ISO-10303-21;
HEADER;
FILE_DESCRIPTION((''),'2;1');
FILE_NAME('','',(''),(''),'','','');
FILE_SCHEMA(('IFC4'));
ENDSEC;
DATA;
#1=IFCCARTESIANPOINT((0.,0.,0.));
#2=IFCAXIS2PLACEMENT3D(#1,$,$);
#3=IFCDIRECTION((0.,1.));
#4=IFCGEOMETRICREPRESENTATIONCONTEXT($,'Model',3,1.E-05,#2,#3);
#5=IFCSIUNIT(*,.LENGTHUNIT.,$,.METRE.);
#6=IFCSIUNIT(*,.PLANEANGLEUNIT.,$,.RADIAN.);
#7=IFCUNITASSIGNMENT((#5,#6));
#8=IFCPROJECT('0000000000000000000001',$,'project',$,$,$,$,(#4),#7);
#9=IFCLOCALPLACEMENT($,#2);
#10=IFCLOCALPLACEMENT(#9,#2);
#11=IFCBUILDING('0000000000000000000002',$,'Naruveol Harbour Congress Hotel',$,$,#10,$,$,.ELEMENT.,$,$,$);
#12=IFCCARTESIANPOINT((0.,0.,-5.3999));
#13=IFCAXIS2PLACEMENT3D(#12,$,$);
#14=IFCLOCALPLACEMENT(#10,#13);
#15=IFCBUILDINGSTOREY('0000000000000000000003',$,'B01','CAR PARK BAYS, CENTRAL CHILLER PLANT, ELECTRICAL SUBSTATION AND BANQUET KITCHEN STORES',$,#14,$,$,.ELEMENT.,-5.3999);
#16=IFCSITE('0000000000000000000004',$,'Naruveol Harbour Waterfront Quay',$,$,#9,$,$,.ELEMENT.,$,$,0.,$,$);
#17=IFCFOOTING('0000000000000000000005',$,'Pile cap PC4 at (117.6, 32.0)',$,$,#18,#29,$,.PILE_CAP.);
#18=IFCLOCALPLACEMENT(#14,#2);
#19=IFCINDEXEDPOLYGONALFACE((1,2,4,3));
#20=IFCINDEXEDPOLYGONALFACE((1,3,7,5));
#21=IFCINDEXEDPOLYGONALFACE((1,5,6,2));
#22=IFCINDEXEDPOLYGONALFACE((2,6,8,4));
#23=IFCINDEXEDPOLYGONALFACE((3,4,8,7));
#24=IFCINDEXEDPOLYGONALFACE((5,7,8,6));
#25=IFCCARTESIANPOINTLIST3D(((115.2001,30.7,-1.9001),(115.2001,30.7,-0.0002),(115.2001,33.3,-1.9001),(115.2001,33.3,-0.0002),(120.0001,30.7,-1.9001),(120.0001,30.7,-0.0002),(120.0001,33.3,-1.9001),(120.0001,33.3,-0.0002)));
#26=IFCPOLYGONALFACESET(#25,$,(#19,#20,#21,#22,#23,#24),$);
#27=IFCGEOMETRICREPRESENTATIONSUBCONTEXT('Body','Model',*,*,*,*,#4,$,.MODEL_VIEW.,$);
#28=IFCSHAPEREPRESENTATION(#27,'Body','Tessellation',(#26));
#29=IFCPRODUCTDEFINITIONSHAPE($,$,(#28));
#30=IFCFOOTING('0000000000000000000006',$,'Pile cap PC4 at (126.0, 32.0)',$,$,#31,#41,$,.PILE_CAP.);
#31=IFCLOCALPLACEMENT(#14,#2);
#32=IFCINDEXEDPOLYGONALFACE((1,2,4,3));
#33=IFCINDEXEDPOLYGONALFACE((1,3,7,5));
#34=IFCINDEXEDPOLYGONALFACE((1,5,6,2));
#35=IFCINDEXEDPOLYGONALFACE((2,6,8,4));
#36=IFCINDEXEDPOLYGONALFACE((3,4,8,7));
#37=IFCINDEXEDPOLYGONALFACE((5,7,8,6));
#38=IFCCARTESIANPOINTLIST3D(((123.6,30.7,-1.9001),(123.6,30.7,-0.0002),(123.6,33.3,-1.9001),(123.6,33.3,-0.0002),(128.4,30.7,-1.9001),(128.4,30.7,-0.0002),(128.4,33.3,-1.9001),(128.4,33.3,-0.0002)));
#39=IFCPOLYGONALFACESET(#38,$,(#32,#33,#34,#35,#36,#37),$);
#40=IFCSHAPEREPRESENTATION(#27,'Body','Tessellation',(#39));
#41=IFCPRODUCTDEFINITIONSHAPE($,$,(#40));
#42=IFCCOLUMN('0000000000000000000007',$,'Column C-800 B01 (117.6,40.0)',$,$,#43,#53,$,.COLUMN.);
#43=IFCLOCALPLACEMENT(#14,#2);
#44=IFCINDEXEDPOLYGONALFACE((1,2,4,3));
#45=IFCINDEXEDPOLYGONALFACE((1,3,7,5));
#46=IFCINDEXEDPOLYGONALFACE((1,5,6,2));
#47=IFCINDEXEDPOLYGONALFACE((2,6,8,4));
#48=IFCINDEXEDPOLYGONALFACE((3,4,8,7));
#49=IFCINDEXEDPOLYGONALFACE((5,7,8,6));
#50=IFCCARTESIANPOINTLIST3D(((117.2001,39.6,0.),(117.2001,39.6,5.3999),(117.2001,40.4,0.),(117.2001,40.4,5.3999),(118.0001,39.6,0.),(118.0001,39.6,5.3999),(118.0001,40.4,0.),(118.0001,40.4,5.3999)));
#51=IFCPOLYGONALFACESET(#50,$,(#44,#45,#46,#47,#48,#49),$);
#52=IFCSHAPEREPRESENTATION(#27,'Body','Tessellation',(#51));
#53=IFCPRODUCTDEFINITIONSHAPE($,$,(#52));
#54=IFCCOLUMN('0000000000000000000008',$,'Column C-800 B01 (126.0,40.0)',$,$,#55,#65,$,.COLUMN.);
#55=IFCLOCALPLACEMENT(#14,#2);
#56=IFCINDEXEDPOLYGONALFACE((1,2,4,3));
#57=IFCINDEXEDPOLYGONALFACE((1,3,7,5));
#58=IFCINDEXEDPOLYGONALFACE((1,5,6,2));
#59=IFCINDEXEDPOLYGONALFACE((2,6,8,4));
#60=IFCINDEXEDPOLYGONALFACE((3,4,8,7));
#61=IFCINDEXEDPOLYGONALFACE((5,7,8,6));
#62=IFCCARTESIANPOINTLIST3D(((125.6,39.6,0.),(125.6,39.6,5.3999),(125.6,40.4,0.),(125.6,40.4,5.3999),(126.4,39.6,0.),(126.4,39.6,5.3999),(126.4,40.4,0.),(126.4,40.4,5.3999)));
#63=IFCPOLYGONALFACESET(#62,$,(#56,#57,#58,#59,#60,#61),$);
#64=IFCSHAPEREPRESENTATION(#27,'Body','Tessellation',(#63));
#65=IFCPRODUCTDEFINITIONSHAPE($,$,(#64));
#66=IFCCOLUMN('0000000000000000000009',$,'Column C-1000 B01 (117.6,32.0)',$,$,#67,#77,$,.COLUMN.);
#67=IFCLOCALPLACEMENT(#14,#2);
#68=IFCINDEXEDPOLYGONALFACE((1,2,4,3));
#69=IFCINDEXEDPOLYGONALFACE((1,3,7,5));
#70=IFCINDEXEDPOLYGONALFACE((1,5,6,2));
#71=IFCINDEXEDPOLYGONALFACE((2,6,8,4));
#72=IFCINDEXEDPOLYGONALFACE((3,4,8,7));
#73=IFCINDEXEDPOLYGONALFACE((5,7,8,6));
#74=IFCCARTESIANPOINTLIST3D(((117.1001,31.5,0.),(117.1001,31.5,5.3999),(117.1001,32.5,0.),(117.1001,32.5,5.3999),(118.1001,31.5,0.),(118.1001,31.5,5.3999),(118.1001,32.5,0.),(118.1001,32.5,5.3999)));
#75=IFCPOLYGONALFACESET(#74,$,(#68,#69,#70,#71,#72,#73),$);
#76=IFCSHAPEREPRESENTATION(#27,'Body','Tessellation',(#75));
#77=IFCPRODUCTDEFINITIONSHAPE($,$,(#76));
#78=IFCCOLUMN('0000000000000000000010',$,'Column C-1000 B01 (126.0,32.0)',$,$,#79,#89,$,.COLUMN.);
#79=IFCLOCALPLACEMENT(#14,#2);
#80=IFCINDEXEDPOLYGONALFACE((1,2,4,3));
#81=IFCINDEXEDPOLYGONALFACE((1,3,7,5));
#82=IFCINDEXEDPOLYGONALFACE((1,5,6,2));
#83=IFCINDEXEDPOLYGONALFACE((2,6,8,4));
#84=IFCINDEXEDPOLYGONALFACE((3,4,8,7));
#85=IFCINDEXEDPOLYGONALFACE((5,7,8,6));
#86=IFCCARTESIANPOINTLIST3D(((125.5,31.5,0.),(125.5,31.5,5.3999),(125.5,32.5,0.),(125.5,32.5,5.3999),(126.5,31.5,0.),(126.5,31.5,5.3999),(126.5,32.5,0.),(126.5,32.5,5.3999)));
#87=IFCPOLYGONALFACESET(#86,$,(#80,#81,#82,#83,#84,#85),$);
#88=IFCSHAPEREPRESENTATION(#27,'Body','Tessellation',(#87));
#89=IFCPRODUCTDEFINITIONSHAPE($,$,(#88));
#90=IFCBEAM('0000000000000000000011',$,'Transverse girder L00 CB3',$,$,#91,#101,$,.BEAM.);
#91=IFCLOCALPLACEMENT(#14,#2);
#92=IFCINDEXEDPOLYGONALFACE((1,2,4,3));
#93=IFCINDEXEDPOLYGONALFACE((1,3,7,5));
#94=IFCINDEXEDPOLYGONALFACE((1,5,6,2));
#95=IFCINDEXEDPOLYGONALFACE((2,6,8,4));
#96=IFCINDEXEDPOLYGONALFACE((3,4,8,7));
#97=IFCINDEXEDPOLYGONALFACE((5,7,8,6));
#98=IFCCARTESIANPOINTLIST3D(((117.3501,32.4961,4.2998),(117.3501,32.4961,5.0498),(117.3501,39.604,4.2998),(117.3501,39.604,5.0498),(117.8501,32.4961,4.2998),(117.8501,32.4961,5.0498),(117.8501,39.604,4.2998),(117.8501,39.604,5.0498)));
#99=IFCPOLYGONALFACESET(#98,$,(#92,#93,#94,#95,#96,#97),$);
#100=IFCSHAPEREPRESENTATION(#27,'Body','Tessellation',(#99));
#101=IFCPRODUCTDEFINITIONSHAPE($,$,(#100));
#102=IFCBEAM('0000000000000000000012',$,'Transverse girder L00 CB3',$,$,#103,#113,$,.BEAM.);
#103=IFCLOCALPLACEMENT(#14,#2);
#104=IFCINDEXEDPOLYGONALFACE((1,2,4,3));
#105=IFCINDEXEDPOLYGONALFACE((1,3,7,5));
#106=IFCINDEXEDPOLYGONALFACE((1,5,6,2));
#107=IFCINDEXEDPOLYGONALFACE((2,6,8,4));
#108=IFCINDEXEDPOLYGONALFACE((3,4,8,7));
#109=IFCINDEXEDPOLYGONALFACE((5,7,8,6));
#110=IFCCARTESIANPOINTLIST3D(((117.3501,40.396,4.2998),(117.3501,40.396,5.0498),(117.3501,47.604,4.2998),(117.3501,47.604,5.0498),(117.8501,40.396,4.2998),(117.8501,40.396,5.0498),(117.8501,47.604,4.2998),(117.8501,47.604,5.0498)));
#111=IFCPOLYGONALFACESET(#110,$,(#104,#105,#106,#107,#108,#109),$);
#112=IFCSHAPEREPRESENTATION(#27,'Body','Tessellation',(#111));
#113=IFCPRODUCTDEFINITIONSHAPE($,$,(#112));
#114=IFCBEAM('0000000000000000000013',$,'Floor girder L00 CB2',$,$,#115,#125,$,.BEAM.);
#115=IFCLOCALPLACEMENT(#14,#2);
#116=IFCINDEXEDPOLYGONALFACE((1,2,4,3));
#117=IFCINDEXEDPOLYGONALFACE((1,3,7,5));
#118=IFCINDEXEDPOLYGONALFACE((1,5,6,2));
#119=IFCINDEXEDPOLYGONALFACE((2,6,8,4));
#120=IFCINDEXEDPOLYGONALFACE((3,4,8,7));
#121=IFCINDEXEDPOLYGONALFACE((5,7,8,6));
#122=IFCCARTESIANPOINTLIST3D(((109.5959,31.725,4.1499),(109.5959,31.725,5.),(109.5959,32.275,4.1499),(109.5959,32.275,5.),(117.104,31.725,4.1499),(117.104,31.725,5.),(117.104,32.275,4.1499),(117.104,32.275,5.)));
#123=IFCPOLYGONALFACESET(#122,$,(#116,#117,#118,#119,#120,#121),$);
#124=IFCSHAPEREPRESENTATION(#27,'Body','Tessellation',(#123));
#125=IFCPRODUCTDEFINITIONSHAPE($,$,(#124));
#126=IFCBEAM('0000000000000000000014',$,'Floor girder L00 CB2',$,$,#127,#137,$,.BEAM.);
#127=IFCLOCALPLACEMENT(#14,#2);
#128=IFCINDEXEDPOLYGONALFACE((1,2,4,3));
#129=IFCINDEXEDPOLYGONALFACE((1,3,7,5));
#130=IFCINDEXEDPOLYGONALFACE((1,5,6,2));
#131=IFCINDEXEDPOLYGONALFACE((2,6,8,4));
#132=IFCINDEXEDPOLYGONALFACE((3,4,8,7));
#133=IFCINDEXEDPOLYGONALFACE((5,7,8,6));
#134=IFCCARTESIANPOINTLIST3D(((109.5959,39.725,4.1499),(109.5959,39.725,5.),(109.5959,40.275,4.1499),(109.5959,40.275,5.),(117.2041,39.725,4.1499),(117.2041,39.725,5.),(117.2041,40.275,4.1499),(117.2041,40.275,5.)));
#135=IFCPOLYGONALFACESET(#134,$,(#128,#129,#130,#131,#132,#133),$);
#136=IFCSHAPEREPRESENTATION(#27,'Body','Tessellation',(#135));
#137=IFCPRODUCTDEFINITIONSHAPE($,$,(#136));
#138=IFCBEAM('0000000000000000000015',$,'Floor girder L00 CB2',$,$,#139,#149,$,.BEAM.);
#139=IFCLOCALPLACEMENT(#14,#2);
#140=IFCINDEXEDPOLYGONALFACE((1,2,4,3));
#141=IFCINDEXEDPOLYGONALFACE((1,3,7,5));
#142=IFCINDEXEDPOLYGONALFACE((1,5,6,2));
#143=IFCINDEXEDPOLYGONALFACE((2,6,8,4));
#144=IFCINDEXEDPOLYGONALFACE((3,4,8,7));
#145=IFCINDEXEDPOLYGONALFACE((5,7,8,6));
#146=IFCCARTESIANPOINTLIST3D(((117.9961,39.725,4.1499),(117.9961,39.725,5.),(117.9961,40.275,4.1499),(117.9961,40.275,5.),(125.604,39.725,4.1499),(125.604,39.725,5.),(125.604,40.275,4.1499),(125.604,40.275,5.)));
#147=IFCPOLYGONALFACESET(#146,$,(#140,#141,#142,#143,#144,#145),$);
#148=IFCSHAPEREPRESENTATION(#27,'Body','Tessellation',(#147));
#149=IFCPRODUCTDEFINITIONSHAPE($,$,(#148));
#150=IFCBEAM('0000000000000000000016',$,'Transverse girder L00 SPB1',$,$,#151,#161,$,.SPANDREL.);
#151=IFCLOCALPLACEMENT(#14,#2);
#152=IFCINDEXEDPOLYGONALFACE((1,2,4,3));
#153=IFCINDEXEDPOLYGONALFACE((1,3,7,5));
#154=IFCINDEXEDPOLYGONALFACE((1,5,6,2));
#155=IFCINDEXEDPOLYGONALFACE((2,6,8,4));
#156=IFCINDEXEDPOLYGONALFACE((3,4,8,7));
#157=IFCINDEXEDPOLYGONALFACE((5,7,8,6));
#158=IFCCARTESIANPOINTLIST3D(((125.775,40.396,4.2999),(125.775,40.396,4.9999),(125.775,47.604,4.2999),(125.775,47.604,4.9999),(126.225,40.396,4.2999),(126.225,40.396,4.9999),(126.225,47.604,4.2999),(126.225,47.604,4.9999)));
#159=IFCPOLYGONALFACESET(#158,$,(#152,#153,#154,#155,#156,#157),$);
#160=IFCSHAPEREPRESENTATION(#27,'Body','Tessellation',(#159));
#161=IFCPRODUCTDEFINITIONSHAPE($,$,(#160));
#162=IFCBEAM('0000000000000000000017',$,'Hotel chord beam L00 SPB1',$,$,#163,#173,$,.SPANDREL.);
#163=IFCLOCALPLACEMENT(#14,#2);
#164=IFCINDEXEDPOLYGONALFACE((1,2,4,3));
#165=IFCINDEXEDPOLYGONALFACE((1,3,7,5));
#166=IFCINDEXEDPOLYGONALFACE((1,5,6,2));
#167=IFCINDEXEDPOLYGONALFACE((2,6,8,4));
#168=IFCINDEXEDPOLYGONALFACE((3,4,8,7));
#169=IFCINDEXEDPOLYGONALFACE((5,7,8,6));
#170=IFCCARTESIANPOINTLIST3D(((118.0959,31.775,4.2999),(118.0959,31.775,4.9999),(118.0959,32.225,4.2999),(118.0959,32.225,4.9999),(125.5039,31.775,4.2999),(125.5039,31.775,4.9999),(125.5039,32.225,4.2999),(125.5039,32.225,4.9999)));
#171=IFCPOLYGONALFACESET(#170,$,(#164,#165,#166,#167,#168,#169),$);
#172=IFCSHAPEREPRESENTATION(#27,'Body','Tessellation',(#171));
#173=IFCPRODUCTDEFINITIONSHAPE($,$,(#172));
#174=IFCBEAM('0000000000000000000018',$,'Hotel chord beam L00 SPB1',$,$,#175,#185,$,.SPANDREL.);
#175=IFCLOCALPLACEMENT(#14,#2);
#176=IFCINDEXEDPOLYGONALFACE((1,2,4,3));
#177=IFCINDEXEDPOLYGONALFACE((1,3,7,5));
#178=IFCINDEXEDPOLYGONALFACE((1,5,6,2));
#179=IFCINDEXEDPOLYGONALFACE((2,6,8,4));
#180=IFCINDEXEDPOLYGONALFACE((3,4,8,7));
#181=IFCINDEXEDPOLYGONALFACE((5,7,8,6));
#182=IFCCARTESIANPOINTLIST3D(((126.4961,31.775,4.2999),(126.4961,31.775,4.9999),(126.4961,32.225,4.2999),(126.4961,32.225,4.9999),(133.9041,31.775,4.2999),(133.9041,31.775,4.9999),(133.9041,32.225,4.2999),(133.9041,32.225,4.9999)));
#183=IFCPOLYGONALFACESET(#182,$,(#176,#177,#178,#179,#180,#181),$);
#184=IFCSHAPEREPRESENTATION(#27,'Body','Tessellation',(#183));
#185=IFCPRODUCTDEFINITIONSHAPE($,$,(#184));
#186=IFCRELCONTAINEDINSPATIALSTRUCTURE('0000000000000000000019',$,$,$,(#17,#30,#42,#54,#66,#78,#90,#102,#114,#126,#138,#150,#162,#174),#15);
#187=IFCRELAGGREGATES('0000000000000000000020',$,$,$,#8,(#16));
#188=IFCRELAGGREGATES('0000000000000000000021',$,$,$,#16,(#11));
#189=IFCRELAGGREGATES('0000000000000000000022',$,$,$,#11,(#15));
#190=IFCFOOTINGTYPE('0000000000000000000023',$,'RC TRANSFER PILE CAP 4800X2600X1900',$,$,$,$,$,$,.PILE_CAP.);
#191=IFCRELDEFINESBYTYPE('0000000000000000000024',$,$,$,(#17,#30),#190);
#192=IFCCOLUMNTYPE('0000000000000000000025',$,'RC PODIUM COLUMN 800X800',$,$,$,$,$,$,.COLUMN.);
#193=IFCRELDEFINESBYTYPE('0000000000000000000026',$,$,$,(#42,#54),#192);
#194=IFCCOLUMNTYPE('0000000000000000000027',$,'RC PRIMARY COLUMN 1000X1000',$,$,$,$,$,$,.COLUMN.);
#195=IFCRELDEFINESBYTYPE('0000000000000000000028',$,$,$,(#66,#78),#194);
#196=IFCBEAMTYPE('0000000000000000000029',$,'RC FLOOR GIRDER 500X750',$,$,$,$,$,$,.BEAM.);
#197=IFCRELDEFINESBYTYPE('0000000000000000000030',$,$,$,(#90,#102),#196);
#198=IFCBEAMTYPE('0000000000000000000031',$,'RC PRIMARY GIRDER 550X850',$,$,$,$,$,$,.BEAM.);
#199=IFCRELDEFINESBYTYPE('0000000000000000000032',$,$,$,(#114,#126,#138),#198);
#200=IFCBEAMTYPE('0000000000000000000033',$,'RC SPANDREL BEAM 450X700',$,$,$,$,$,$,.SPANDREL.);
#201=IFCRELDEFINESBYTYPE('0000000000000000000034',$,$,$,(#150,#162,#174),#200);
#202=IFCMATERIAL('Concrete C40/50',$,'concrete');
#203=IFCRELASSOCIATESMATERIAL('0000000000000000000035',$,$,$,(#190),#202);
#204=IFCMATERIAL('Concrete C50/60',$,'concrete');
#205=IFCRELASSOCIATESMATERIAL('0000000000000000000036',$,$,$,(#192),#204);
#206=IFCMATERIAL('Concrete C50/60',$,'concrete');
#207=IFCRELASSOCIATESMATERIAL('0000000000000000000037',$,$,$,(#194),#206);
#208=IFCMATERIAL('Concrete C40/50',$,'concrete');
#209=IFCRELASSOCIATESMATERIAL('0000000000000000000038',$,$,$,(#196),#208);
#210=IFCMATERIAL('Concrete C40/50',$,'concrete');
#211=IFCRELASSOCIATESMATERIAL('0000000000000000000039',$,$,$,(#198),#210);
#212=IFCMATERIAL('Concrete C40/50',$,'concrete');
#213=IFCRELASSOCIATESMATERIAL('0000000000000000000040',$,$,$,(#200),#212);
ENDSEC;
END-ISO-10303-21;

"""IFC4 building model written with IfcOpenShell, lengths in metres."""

from ifc_helpers import new_model, si_unit, direction, frame, origin, origin_2d, place, context, subcontext, project, spatial, rectangle, extrude, material, material_profile, profile_set, type_object, element, save


model = new_model("IFC4")

# Units and contexts
model_context = context("Model", 3, precision=1e-05, world=origin(), true_north=direction((0.0, 1.0)))
body_context = subcontext(model_context, "Body", "Model", "MODEL_VIEW")
ifc_project = project(units=[si_unit("LENGTHUNIT", "METRE"), si_unit("PLANEANGLEUNIT", "RADIAN")], contexts=[model_context])

# Site, building, storey
site_placement = place(None, origin())
site = spatial("IfcSite", under=ifc_project, at=site_placement, Name="Naruveol Harbour Waterfront Quay", CompositionType="ELEMENT", RefElevation=0.0)
building_placement = place(site_placement, origin())
building = spatial("IfcBuilding", under=site, at=building_placement, Name="Naruveol Harbour Congress Hotel", CompositionType="ELEMENT")
storey_placement = place(building_placement, frame((0.0, 0.0, -5.3999)))
storey = spatial("IfcBuildingStorey", under=building, at=storey_placement, Name="B01", Description="CAR PARK BAYS, CENTRAL CHILLER PLANT, ELECTRICAL SUBSTATION AND BANQUET KITCHEN STORES", CompositionType="ELEMENT", Elevation=-5.3999)

# Footings
ifc_material_1 = material(Name="Concrete C40/50", Category="concrete")
footing_type_1 = type_object("IfcFootingType", Name="RC TRANSFER PILE CAP 4800X2600X1900", PredefinedType="PILE_CAP", material=ifc_material_1)
for number, where, z_axis, x_axis, name in (
    (1, (117.6001, 32.0, -1.9001), (0.0, 0.0, 1.0), (1.0, 0.0, 0.0), "Pile cap PC4 at (117.6, 32.0)"),
    (2, (126.0, 32.0, -1.9001), (0.0, 0.0, 1.0), (1.0, 0.0, 0.0), "Pile cap PC4 at (126.0, 32.0)"),
):
    element("IfcFooting", number, at=place(storey_placement, frame(where, z_axis=z_axis, x_axis=x_axis)), inside=storey, type_object=footing_type_1, Name=name, PredefinedType="PILE_CAP", context=body_context, shape_type="SweptSolid", body=[
        extrude(rectangle(XDim=4.8, YDim=2.6001, at=origin_2d()), origin(), (0.0, 0.0, 1.0), 1.8999),
    ])

# Columns
ifc_material_2 = material(Name="Concrete C50/60", Category="concrete")
ifc_material_profile_1 = material_profile(ifc_material_2, rectangle(XDim=0.8, YDim=0.8, at=origin_2d()), Name="RC-800x800")
ifc_profile_set_1 = profile_set([ifc_material_profile_1], Name="Concrete C50/60")
column_type_1 = type_object("IfcColumnType", Name="RC PODIUM COLUMN 800X800", PredefinedType="COLUMN", material=ifc_profile_set_1)
for number, where, z_axis, x_axis, name in (
    (3, (117.6001, 40.0, 0.0), (0.0, 0.0, 1.0), (1.0, 0.0, 0.0), "Column C-800 B01 (117.6,40.0)"),
    (4, (126.0, 40.0, 0.0), (0.0, 0.0, 1.0), (1.0, 0.0, 0.0), "Column C-800 B01 (126.0,40.0)"),
):
    element("IfcColumn", number, at=place(storey_placement, frame(where, z_axis=z_axis, x_axis=x_axis)), inside=storey, type_object=column_type_1, Name=name, PredefinedType="COLUMN", context=body_context, shape_type="SweptSolid", body=[
        extrude(rectangle(XDim=0.8, YDim=0.8, at=origin_2d()), origin(), (0.0, 0.0, 1.0), 5.3999),
    ])
ifc_material_3 = material(Name="Concrete C50/60", Category="concrete")
ifc_material_profile_2 = material_profile(ifc_material_3, rectangle(XDim=1.0, YDim=1.0, at=origin_2d()), Name="RC-1000x1000")
ifc_profile_set_2 = profile_set([ifc_material_profile_2], Name="Concrete C50/60")
column_type_2 = type_object("IfcColumnType", Name="RC PRIMARY COLUMN 1000X1000", PredefinedType="COLUMN", material=ifc_profile_set_2)
for number, where, z_axis, x_axis, name in (
    (5, (117.6001, 32.0, 0.0), (0.0, 0.0, 1.0), (1.0, 0.0, 0.0), "Column C-1000 B01 (117.6,32.0)"),
    (6, (126.0, 32.0, 0.0), (0.0, 0.0, 1.0), (1.0, 0.0, 0.0), "Column C-1000 B01 (126.0,32.0)"),
):
    element("IfcColumn", number, at=place(storey_placement, frame(where, z_axis=z_axis, x_axis=x_axis)), inside=storey, type_object=column_type_2, Name=name, PredefinedType="COLUMN", context=body_context, shape_type="SweptSolid", body=[
        extrude(rectangle(XDim=1.0, YDim=1.0, at=origin_2d()), origin(), (0.0, 0.0, 1.0), 5.3999),
    ])

# Beams
ifc_material_4 = material(Name="Concrete C40/50", Category="concrete")
ifc_material_profile_3 = material_profile(ifc_material_4, rectangle(XDim=0.5, YDim=0.75, at=origin_2d()), Name="RCB-500x750")
ifc_profile_set_3 = profile_set([ifc_material_profile_3], Name="Concrete C40/50")
beam_type_1 = type_object("IfcBeamType", Name="RC FLOOR GIRDER 500X750", PredefinedType="BEAM", material=ifc_profile_set_3)
beam_1_placement = place(storey_placement, frame((117.6001, 32.4961, 4.6748), z_axis=(0.0, 1.0, 0.0), x_axis=(-1.0, 0.0, 0.0)))
element("IfcBeam", 7, at=beam_1_placement, inside=storey, type_object=beam_type_1, Name="Transverse girder L00 CB3", PredefinedType="BEAM", context=body_context, shape_type="SweptSolid", body=[
    extrude(rectangle(XDim=0.5, YDim=0.75, at=origin_2d()), origin(), (0.0, 0.0, 1.0), 7.1079),
])
beam_2_placement = place(storey_placement, frame((117.6001, 40.396, 4.6748), z_axis=(0.0, 1.0, 0.0), x_axis=(-1.0, 0.0, 0.0)))
element("IfcBeam", 8, at=beam_2_placement, inside=storey, type_object=beam_type_1, Name="Transverse girder L00 CB3", PredefinedType="BEAM", context=body_context, shape_type="SweptSolid", body=[
    extrude(rectangle(XDim=0.5, YDim=0.75, at=origin_2d()), origin(), (0.0, 0.0, 1.0), 7.208),
])
ifc_material_5 = material(Name="Concrete C40/50", Category="concrete")
ifc_material_profile_4 = material_profile(ifc_material_5, rectangle(XDim=0.55, YDim=0.8501, at=origin_2d()), Name="RCB-550x850")
ifc_profile_set_4 = profile_set([ifc_material_profile_4], Name="Concrete C40/50")
beam_type_2 = type_object("IfcBeamType", Name="RC PRIMARY GIRDER 550X850", PredefinedType="BEAM", material=ifc_profile_set_4)
beam_3_placement = place(storey_placement, frame((109.5959, 32.0, 4.575), z_axis=(1.0, 0.0, 0.0), x_axis=(0.0, 1.0, 0.0)))
element("IfcBeam", 9, at=beam_3_placement, inside=storey, type_object=beam_type_2, Name="Floor girder L00 CB2", PredefinedType="BEAM", context=body_context, shape_type="SweptSolid", body=[
    extrude(rectangle(XDim=0.55, YDim=0.8501, at=origin_2d()), origin(), (0.0, 0.0, 1.0), 7.5081),
])
beam_4_placement = place(storey_placement, frame((109.5959, 40.0, 4.575), z_axis=(1.0, 0.0, 0.0), x_axis=(0.0, 1.0, 0.0)))
element("IfcBeam", 10, at=beam_4_placement, inside=storey, type_object=beam_type_2, Name="Floor girder L00 CB2", PredefinedType="BEAM", context=body_context, shape_type="SweptSolid", body=[
    extrude(rectangle(XDim=0.55, YDim=0.8501, at=origin_2d()), origin(), (0.0, 0.0, 1.0), 7.6082),
])
beam_5_placement = place(storey_placement, frame((117.9961, 40.0, 4.575), z_axis=(1.0, 0.0, 0.0), x_axis=(0.0, 1.0, 0.0)))
element("IfcBeam", 11, at=beam_5_placement, inside=storey, type_object=beam_type_2, Name="Floor girder L00 CB2", PredefinedType="BEAM", context=body_context, shape_type="SweptSolid", body=[
    extrude(rectangle(XDim=0.55, YDim=0.8501, at=origin_2d()), origin(), (0.0, 0.0, 1.0), 7.6079),
])
ifc_material_6 = material(Name="Concrete C40/50", Category="concrete")
ifc_material_profile_5 = material_profile(ifc_material_6, rectangle(XDim=0.45, YDim=0.7, at=origin_2d()), Name="RCB-450x700")
ifc_profile_set_5 = profile_set([ifc_material_profile_5], Name="Concrete C40/50")
beam_type_3 = type_object("IfcBeamType", Name="RC SPANDREL BEAM 450X700", PredefinedType="SPANDREL", material=ifc_profile_set_5)
beam_6_placement = place(storey_placement, frame((126.0, 40.396, 4.6499), z_axis=(0.0, 1.0, 0.0), x_axis=(-1.0, 0.0, 0.0)))
element("IfcBeam", 12, at=beam_6_placement, inside=storey, type_object=beam_type_3, Name="Transverse girder L00 SPB1", PredefinedType="SPANDREL", context=body_context, shape_type="SweptSolid", body=[
    extrude(rectangle(XDim=0.45, YDim=0.7, at=origin_2d()), origin(), (0.0, 0.0, 1.0), 7.208),
])
for number, where, z_axis, x_axis, name in (
    (13, (118.0959, 32.0, 4.6499), (1.0, 0.0, 0.0), (0.0, 1.0, 0.0), "Hotel chord beam L00 SPB1"),
    (14, (126.4961, 32.0, 4.6499), (1.0, 0.0, 0.0), (0.0, 1.0, 0.0), "Hotel chord beam L00 SPB1"),
):
    element("IfcBeam", number, at=place(storey_placement, frame(where, z_axis=z_axis, x_axis=x_axis)), inside=storey, type_object=beam_type_3, Name=name, PredefinedType="SPANDREL", context=body_context, shape_type="SweptSolid", body=[
        extrude(rectangle(XDim=0.45, YDim=0.7, at=origin_2d()), origin(), (0.0, 0.0, 1.0), 7.408),
    ])

save(model, "model.ifc")
